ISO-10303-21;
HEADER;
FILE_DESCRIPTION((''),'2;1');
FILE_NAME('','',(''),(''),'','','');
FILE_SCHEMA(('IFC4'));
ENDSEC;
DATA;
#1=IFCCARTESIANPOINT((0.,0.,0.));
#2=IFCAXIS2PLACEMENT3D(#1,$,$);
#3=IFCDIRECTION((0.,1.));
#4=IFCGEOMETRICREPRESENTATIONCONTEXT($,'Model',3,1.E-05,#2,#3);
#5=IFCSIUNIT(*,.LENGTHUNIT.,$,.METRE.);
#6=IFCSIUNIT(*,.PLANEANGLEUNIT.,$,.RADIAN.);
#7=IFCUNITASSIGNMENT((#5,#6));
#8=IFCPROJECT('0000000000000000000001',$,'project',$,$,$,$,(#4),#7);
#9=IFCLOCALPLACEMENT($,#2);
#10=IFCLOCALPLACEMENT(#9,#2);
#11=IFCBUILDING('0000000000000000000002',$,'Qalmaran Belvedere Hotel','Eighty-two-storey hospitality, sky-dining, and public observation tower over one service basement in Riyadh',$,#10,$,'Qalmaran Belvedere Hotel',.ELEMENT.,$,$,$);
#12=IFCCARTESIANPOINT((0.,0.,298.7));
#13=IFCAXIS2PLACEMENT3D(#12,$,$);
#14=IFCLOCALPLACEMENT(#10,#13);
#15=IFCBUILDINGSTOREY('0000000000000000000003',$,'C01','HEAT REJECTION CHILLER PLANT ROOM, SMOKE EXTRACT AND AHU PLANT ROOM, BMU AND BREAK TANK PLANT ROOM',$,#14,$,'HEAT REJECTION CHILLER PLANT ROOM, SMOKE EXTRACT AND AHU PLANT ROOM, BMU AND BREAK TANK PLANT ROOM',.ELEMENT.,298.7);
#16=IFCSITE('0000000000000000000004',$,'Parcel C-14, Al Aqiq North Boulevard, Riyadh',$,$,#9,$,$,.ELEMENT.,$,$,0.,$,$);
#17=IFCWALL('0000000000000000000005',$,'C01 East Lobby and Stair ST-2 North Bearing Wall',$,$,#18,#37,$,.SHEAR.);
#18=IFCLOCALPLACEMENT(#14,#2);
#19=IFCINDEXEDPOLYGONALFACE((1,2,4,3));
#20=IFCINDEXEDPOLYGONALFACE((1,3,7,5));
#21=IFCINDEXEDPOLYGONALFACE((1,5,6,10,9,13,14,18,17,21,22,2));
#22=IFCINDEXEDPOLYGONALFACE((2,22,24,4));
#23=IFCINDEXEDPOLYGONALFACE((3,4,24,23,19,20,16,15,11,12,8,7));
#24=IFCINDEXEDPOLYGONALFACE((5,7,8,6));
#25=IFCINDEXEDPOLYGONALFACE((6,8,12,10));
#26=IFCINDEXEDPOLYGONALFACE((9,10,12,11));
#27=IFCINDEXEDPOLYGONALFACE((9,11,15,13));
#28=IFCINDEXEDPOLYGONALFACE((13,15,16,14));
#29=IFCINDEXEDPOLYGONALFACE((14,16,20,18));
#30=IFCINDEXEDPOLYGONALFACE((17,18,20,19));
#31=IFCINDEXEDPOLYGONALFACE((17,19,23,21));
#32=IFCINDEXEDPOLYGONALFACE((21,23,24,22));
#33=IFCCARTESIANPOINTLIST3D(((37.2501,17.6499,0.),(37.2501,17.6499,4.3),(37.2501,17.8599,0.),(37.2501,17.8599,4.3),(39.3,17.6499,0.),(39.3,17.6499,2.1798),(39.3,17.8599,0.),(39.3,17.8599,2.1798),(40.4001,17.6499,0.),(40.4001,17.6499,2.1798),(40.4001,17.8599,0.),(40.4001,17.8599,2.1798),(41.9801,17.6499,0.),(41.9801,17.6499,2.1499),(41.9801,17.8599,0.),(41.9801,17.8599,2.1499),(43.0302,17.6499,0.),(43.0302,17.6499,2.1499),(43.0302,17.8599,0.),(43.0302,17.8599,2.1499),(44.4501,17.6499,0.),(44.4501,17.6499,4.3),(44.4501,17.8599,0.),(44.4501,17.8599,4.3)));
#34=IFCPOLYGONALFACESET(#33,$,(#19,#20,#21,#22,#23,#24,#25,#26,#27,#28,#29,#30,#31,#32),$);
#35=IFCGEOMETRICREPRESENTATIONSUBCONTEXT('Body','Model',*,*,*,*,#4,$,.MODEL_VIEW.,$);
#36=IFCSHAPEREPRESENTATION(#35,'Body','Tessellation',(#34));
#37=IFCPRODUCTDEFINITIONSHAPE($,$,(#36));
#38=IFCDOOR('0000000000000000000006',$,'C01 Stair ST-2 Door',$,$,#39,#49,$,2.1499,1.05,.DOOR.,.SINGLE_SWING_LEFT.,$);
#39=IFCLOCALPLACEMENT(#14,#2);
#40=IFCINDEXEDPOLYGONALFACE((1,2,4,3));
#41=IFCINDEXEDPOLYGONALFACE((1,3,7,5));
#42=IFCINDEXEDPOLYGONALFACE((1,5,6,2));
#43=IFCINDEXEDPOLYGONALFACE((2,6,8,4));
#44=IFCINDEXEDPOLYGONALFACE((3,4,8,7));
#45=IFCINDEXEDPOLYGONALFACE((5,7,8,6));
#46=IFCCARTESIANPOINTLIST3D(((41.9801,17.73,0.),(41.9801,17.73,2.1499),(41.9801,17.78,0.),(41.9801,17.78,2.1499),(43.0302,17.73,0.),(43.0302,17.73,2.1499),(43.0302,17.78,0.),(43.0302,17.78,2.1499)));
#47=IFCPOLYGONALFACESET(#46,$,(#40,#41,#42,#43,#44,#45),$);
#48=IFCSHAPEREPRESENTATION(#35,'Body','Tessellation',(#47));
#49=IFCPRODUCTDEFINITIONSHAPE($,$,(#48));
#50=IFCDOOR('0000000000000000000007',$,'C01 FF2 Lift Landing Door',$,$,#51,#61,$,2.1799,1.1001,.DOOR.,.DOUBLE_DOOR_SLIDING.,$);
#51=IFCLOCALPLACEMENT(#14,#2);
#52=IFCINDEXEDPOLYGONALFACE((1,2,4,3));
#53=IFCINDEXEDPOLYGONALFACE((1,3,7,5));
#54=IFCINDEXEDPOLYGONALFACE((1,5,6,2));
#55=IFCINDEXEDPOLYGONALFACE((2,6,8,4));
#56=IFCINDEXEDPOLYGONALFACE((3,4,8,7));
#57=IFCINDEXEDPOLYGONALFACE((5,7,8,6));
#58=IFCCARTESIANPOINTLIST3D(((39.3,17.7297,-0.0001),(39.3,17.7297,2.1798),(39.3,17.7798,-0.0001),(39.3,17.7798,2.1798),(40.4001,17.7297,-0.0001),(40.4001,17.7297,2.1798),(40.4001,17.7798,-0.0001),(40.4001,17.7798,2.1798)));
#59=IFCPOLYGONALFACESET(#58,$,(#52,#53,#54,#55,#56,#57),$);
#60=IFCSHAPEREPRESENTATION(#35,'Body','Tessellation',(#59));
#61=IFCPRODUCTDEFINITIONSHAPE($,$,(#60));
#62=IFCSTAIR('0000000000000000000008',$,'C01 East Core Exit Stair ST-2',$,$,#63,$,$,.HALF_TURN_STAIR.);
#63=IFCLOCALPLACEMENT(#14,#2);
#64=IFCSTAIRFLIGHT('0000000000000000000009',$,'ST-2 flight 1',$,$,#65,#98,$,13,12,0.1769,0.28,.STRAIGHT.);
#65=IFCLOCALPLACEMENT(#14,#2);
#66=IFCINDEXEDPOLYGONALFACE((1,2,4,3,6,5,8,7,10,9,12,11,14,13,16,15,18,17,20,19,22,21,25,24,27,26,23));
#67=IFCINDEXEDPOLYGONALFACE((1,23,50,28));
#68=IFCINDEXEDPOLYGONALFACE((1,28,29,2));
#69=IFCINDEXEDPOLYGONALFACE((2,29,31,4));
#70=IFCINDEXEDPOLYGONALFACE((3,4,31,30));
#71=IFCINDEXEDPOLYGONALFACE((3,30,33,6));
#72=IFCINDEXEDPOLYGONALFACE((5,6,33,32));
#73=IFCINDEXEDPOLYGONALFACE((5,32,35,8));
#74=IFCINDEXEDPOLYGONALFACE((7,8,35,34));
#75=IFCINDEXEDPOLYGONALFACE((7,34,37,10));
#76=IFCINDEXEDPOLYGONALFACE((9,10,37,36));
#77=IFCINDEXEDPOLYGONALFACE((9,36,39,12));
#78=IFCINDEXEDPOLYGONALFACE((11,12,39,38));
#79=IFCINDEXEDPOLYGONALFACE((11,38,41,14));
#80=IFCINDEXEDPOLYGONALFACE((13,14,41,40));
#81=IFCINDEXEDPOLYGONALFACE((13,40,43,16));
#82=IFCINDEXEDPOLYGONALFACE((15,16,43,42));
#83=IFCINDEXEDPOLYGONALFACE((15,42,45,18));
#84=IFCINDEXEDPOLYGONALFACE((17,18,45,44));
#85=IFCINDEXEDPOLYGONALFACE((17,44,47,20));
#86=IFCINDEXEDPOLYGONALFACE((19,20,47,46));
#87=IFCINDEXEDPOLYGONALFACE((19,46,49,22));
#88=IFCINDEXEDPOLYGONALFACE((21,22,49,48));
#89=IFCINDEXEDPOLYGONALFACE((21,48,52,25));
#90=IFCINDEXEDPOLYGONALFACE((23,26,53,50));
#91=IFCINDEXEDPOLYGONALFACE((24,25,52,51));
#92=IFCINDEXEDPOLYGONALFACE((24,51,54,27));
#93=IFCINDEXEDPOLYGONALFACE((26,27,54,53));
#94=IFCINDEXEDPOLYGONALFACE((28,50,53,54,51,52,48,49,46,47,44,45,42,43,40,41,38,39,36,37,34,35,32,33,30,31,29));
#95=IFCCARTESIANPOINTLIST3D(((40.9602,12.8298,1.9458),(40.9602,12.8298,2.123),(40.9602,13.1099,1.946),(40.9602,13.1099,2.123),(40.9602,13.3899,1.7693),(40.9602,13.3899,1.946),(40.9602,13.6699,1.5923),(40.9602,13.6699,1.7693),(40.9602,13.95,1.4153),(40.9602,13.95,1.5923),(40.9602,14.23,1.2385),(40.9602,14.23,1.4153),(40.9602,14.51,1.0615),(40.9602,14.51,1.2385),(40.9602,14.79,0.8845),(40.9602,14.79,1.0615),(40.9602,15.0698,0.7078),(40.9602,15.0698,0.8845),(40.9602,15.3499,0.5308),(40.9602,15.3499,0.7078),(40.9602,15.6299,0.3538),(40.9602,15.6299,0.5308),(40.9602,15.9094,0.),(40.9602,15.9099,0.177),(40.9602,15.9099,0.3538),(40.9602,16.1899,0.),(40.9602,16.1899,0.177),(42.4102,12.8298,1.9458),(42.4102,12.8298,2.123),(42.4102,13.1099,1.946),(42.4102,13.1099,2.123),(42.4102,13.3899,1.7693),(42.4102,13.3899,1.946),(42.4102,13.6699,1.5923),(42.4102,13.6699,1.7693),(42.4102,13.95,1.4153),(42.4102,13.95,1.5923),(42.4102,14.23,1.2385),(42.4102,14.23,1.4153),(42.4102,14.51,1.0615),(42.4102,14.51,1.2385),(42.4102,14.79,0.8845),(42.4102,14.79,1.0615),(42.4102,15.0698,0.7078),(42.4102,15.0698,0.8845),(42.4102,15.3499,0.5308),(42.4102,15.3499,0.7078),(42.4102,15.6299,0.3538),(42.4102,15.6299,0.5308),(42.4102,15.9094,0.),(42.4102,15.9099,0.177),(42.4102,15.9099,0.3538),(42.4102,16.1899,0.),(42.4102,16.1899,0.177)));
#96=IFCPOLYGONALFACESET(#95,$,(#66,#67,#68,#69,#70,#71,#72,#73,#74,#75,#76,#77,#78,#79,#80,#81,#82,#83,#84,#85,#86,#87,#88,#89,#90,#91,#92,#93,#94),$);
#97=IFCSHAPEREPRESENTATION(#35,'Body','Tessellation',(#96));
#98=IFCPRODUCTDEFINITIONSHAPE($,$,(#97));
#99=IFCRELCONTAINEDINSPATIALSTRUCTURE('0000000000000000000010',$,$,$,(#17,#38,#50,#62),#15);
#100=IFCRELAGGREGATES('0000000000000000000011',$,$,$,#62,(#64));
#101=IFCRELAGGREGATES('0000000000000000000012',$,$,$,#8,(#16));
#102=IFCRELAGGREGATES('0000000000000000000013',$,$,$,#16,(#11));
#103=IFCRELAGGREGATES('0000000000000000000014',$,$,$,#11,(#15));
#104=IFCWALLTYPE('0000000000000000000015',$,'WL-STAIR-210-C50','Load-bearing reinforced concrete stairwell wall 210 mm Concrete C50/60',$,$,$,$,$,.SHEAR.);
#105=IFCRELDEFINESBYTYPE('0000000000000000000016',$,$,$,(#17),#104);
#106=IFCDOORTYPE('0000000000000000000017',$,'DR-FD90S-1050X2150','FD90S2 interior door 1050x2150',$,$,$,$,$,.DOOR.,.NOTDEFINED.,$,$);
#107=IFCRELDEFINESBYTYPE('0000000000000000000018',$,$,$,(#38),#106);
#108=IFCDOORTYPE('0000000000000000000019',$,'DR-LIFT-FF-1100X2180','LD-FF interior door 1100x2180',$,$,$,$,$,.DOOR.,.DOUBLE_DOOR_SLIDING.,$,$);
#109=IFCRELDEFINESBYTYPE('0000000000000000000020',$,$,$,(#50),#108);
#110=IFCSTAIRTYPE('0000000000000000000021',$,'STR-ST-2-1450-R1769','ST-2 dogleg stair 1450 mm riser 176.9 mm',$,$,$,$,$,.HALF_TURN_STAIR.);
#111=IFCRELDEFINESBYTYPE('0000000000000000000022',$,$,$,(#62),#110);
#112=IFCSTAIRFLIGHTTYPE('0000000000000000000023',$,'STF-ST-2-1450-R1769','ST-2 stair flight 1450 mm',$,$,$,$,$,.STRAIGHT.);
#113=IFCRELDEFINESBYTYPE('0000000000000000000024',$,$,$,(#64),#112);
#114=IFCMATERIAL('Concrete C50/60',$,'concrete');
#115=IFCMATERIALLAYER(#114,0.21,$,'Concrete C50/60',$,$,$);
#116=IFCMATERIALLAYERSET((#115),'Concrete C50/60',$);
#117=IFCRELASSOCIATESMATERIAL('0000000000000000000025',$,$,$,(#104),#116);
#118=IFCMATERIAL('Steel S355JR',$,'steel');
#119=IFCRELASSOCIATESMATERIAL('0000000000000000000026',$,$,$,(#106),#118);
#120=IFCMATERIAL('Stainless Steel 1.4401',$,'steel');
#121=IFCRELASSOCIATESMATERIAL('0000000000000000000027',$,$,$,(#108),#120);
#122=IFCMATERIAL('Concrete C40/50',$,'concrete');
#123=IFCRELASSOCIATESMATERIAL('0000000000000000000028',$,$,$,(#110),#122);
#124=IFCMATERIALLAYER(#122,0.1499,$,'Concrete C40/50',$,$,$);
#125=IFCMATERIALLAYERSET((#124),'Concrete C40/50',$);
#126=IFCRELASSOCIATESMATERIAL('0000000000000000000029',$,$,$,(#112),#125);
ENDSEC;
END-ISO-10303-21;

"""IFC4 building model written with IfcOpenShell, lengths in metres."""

from ifc_helpers import new_model, si_unit, direction, frame, frame_2d, origin, place, context, subcontext, project, spatial, polyline, rectangle, outline, extrude, material, layer, layer_set, type_object, element, fill, aggregate, save


model = new_model("IFC4")

# Units and contexts
model_context = context("Model", 3, precision=1e-05, world=origin(), true_north=direction((0.0, 1.0)))
body_context = subcontext(model_context, "Body", "Model", "MODEL_VIEW")
ifc_project = project(units=[si_unit("LENGTHUNIT", "METRE"), si_unit("PLANEANGLEUNIT", "RADIAN")], contexts=[model_context])

# Site, building, storey
site_placement = place(None, origin())
site = spatial("IfcSite", under=ifc_project, at=site_placement, Name="Parcel C-14, Al Aqiq North Boulevard, Riyadh", CompositionType="ELEMENT", RefElevation=0.0)
building_placement = place(site_placement, origin())
building = spatial("IfcBuilding", under=site, at=building_placement, Name="Qalmaran Belvedere Hotel", Description="Eighty-two-storey hospitality, sky-dining, and public observation tower over one service basement in Riyadh", LongName="Qalmaran Belvedere Hotel", CompositionType="ELEMENT")
storey_placement = place(building_placement, frame((0.0, 0.0, 298.7)))
storey = spatial("IfcBuildingStorey", under=building, at=storey_placement, Name="C01", Description="HEAT REJECTION CHILLER PLANT ROOM, SMOKE EXTRACT AND AHU PLANT ROOM, BMU AND BREAK TANK PLANT ROOM", LongName="HEAT REJECTION CHILLER PLANT ROOM, SMOKE EXTRACT AND AHU PLANT ROOM, BMU AND BREAK TANK PLANT ROOM", CompositionType="ELEMENT", Elevation=298.7)

# Shared definitions
ifc_material_1 = material(Name="Steel S355JR", Category="steel")

# Wall, openings, doors
ifc_material_2 = material(Name="Concrete C50/60", Category="concrete")
ifc_layer_1 = layer(ifc_material_2, 0.21, Name="Concrete C50/60")
ifc_layer_set_1 = layer_set([ifc_layer_1], Name="Concrete C50/60")
wall_type_1 = type_object("IfcWallType", Name="WL-STAIR-210-C50", Description="Load-bearing reinforced concrete stairwell wall 210 mm Concrete C50/60", PredefinedType="SHEAR", material=ifc_layer_set_1)
wall_1_placement = place(storey_placement, frame((37.25, 17.7549, 0.0), z_axis=(0.0, 0.0, 1.0), x_axis=(1.0, 0.0, 0.0)))
wall_1 = element("IfcWall", 1, at=wall_1_placement, inside=storey, type_object=wall_type_1, Name="C01 East Lobby and Stair ST-2 North Bearing Wall", PredefinedType="SHEAR", context=body_context, shape_type="SweptSolid", body=[
    extrude(rectangle(XDim=7.2, YDim=0.21, at=frame_2d((3.6001, 0.0))), origin(), (0.0, 0.0, 1.0), 4.3),
])
opening_1_placement = place(wall_1_placement, frame((2.05, 0.0, 0.0)))
opening_1 = element("IfcOpeningElement", 2, at=opening_1_placement, cuts=wall_1, PredefinedType="OPENING", context=body_context, shape_type="SweptSolid", body=[
    extrude(rectangle(XDim=1.1001, YDim=2.1799, at=frame_2d((0.55, 1.0898))), frame((0.0, 0.115, 0.0), z_axis=(0.0, -1.0, 0.0), x_axis=(1.0, 0.0, 0.0)), (0.0, 0.0, 1.0), 0.23),
])
opening_2_placement = place(wall_1_placement, frame((5.78, 0.0, 0.0), z_axis=(0.0, 0.0, 1.0), x_axis=(-1.0, 0.0, 0.0)))
opening_2 = element("IfcOpeningElement", 3, at=opening_2_placement, cuts=wall_1, PredefinedType="OPENING", context=body_context, shape_type="SweptSolid", body=[
    extrude(rectangle(XDim=1.05, YDim=2.1499, at=frame_2d((0.5249, 1.075))), frame((0.0, 0.115, 0.0), z_axis=(0.0, -1.0, 0.0), x_axis=(1.0, 0.0, 0.0)), (0.0, 0.0, 1.0), 0.23),
])
door_type_1 = type_object("IfcDoorType", Name="DR-FD90S-1050X2150", Description="FD90S2 interior door 1050x2150", OperationType="NOTDEFINED", PredefinedType="DOOR", material=ifc_material_1)
door_1_placement = place(opening_2_placement, origin())
door_1 = element("IfcDoor", 4, at=door_1_placement, inside=storey, type_object=door_type_1, Name="C01 Stair ST-2 Door", OperationType="SINGLE_SWING_LEFT", OverallHeight=2.1499, OverallWidth=1.05, PredefinedType="DOOR", context=body_context, shape_type="SweptSolid", body=[
    extrude(rectangle(XDim=1.05, YDim=2.1499, at=frame_2d((0.5249, 1.075))), frame((0.0, 0.0249, 0.0), z_axis=(0.0, -1.0, 0.0), x_axis=(1.0, 0.0, 0.0)), (0.0, 0.0, 1.0), 0.05),
])
fill(opening_2, door_1)
ifc_material_3 = material(Name="Stainless Steel 1.4401", Category="steel")
door_type_2 = type_object("IfcDoorType", Name="DR-LIFT-FF-1100X2180", Description="LD-FF interior door 1100x2180", OperationType="DOUBLE_DOOR_SLIDING", PredefinedType="DOOR", material=ifc_material_3)
door_2_placement = place(opening_1_placement, origin())
door_2 = element("IfcDoor", 5, at=door_2_placement, inside=storey, type_object=door_type_2, Name="C01 FF2 Lift Landing Door", OperationType="DOUBLE_DOOR_SLIDING", OverallHeight=2.1799, OverallWidth=1.1001, PredefinedType="DOOR", context=body_context, shape_type="SweptSolid", body=[
    extrude(rectangle(XDim=1.1001, YDim=2.1799, at=frame_2d((0.55, 1.0898))), frame((0.0, 0.0249, 0.0), z_axis=(0.0, -1.0, 0.0), x_axis=(1.0, 0.0, 0.0)), (0.0, 0.0, 1.0), 0.05),
])
fill(opening_1, door_2)

# Stair, stair flight
ifc_material_4 = material(Name="Concrete C40/50", Category="concrete")
stair_type = type_object("IfcStairType", Name="STR-ST-2-1450-R1769", Description="ST-2 dogleg stair 1450 mm riser 176.9 mm", PredefinedType="HALF_TURN_STAIR", material=ifc_material_4)
stair_placement = place(storey_placement, origin())
stair = element("IfcStair", 6, at=stair_placement, inside=storey, type_object=stair_type, Name="C01 East Core Exit Stair ST-2", PredefinedType="HALF_TURN_STAIR")
ifc_layer_2 = layer(ifc_material_4, 0.1499, Name="Concrete C40/50")
ifc_layer_set_2 = layer_set([ifc_layer_2], Name="Concrete C40/50")
stair_flight_type = type_object("IfcStairFlightType", Name="STF-ST-2-1450-R1769", Description="ST-2 stair flight 1450 mm", PredefinedType="STRAIGHT", material=ifc_layer_set_2)
stair_flight_placement = place(storey_placement, frame((41.6851, 16.1899, 0.0), z_axis=(0.0, 0.0, 1.0), x_axis=(0.0, -1.0, 0.0)))
stair_flight = element("IfcStairFlight", 7, at=stair_flight_placement, type_object=stair_flight_type, Name="ST-2 flight 1", NumberOfRisers=13, NumberOfTreads=12, PredefinedType="STRAIGHT", RiserHeight=0.1769, TreadLength=0.28, context=body_context, shape_type="SweptSolid", body=[
    extrude(outline(polyline([(0.0, 0.0), (0.0, 0.177), (0.28, 0.177), (0.28, 0.3538), (0.5601, 0.3538), (0.5601, 0.5308), (0.8401, 0.5308), (0.8401, 0.7078), (1.1201, 0.7078), (1.1201, 0.8845), (1.3999, 0.8845), (1.3999, 1.0615), (1.6799, 1.0615), (1.6799, 1.2385), (1.96, 1.2385), (1.96, 1.4153), (2.24, 1.4153), (2.24, 1.5923), (2.52, 1.5923), (2.52, 1.7693), (2.8, 1.7693), (2.8, 1.946), (3.0801, 1.946), (3.0801, 2.123), (3.3601, 2.123), (3.3601, 2.3), (3.3601, 1.9458), (0.2805, 0.0), (0.0, 0.0)])), frame((0.0, 0.7251, 0.0), z_axis=(0.0, -1.0, 0.0), x_axis=(1.0, 0.0, 0.0)), (0.0, 0.0, 1.0), 1.45),
])
aggregate(stair, [stair_flight])

save(model, "model.ifc")
